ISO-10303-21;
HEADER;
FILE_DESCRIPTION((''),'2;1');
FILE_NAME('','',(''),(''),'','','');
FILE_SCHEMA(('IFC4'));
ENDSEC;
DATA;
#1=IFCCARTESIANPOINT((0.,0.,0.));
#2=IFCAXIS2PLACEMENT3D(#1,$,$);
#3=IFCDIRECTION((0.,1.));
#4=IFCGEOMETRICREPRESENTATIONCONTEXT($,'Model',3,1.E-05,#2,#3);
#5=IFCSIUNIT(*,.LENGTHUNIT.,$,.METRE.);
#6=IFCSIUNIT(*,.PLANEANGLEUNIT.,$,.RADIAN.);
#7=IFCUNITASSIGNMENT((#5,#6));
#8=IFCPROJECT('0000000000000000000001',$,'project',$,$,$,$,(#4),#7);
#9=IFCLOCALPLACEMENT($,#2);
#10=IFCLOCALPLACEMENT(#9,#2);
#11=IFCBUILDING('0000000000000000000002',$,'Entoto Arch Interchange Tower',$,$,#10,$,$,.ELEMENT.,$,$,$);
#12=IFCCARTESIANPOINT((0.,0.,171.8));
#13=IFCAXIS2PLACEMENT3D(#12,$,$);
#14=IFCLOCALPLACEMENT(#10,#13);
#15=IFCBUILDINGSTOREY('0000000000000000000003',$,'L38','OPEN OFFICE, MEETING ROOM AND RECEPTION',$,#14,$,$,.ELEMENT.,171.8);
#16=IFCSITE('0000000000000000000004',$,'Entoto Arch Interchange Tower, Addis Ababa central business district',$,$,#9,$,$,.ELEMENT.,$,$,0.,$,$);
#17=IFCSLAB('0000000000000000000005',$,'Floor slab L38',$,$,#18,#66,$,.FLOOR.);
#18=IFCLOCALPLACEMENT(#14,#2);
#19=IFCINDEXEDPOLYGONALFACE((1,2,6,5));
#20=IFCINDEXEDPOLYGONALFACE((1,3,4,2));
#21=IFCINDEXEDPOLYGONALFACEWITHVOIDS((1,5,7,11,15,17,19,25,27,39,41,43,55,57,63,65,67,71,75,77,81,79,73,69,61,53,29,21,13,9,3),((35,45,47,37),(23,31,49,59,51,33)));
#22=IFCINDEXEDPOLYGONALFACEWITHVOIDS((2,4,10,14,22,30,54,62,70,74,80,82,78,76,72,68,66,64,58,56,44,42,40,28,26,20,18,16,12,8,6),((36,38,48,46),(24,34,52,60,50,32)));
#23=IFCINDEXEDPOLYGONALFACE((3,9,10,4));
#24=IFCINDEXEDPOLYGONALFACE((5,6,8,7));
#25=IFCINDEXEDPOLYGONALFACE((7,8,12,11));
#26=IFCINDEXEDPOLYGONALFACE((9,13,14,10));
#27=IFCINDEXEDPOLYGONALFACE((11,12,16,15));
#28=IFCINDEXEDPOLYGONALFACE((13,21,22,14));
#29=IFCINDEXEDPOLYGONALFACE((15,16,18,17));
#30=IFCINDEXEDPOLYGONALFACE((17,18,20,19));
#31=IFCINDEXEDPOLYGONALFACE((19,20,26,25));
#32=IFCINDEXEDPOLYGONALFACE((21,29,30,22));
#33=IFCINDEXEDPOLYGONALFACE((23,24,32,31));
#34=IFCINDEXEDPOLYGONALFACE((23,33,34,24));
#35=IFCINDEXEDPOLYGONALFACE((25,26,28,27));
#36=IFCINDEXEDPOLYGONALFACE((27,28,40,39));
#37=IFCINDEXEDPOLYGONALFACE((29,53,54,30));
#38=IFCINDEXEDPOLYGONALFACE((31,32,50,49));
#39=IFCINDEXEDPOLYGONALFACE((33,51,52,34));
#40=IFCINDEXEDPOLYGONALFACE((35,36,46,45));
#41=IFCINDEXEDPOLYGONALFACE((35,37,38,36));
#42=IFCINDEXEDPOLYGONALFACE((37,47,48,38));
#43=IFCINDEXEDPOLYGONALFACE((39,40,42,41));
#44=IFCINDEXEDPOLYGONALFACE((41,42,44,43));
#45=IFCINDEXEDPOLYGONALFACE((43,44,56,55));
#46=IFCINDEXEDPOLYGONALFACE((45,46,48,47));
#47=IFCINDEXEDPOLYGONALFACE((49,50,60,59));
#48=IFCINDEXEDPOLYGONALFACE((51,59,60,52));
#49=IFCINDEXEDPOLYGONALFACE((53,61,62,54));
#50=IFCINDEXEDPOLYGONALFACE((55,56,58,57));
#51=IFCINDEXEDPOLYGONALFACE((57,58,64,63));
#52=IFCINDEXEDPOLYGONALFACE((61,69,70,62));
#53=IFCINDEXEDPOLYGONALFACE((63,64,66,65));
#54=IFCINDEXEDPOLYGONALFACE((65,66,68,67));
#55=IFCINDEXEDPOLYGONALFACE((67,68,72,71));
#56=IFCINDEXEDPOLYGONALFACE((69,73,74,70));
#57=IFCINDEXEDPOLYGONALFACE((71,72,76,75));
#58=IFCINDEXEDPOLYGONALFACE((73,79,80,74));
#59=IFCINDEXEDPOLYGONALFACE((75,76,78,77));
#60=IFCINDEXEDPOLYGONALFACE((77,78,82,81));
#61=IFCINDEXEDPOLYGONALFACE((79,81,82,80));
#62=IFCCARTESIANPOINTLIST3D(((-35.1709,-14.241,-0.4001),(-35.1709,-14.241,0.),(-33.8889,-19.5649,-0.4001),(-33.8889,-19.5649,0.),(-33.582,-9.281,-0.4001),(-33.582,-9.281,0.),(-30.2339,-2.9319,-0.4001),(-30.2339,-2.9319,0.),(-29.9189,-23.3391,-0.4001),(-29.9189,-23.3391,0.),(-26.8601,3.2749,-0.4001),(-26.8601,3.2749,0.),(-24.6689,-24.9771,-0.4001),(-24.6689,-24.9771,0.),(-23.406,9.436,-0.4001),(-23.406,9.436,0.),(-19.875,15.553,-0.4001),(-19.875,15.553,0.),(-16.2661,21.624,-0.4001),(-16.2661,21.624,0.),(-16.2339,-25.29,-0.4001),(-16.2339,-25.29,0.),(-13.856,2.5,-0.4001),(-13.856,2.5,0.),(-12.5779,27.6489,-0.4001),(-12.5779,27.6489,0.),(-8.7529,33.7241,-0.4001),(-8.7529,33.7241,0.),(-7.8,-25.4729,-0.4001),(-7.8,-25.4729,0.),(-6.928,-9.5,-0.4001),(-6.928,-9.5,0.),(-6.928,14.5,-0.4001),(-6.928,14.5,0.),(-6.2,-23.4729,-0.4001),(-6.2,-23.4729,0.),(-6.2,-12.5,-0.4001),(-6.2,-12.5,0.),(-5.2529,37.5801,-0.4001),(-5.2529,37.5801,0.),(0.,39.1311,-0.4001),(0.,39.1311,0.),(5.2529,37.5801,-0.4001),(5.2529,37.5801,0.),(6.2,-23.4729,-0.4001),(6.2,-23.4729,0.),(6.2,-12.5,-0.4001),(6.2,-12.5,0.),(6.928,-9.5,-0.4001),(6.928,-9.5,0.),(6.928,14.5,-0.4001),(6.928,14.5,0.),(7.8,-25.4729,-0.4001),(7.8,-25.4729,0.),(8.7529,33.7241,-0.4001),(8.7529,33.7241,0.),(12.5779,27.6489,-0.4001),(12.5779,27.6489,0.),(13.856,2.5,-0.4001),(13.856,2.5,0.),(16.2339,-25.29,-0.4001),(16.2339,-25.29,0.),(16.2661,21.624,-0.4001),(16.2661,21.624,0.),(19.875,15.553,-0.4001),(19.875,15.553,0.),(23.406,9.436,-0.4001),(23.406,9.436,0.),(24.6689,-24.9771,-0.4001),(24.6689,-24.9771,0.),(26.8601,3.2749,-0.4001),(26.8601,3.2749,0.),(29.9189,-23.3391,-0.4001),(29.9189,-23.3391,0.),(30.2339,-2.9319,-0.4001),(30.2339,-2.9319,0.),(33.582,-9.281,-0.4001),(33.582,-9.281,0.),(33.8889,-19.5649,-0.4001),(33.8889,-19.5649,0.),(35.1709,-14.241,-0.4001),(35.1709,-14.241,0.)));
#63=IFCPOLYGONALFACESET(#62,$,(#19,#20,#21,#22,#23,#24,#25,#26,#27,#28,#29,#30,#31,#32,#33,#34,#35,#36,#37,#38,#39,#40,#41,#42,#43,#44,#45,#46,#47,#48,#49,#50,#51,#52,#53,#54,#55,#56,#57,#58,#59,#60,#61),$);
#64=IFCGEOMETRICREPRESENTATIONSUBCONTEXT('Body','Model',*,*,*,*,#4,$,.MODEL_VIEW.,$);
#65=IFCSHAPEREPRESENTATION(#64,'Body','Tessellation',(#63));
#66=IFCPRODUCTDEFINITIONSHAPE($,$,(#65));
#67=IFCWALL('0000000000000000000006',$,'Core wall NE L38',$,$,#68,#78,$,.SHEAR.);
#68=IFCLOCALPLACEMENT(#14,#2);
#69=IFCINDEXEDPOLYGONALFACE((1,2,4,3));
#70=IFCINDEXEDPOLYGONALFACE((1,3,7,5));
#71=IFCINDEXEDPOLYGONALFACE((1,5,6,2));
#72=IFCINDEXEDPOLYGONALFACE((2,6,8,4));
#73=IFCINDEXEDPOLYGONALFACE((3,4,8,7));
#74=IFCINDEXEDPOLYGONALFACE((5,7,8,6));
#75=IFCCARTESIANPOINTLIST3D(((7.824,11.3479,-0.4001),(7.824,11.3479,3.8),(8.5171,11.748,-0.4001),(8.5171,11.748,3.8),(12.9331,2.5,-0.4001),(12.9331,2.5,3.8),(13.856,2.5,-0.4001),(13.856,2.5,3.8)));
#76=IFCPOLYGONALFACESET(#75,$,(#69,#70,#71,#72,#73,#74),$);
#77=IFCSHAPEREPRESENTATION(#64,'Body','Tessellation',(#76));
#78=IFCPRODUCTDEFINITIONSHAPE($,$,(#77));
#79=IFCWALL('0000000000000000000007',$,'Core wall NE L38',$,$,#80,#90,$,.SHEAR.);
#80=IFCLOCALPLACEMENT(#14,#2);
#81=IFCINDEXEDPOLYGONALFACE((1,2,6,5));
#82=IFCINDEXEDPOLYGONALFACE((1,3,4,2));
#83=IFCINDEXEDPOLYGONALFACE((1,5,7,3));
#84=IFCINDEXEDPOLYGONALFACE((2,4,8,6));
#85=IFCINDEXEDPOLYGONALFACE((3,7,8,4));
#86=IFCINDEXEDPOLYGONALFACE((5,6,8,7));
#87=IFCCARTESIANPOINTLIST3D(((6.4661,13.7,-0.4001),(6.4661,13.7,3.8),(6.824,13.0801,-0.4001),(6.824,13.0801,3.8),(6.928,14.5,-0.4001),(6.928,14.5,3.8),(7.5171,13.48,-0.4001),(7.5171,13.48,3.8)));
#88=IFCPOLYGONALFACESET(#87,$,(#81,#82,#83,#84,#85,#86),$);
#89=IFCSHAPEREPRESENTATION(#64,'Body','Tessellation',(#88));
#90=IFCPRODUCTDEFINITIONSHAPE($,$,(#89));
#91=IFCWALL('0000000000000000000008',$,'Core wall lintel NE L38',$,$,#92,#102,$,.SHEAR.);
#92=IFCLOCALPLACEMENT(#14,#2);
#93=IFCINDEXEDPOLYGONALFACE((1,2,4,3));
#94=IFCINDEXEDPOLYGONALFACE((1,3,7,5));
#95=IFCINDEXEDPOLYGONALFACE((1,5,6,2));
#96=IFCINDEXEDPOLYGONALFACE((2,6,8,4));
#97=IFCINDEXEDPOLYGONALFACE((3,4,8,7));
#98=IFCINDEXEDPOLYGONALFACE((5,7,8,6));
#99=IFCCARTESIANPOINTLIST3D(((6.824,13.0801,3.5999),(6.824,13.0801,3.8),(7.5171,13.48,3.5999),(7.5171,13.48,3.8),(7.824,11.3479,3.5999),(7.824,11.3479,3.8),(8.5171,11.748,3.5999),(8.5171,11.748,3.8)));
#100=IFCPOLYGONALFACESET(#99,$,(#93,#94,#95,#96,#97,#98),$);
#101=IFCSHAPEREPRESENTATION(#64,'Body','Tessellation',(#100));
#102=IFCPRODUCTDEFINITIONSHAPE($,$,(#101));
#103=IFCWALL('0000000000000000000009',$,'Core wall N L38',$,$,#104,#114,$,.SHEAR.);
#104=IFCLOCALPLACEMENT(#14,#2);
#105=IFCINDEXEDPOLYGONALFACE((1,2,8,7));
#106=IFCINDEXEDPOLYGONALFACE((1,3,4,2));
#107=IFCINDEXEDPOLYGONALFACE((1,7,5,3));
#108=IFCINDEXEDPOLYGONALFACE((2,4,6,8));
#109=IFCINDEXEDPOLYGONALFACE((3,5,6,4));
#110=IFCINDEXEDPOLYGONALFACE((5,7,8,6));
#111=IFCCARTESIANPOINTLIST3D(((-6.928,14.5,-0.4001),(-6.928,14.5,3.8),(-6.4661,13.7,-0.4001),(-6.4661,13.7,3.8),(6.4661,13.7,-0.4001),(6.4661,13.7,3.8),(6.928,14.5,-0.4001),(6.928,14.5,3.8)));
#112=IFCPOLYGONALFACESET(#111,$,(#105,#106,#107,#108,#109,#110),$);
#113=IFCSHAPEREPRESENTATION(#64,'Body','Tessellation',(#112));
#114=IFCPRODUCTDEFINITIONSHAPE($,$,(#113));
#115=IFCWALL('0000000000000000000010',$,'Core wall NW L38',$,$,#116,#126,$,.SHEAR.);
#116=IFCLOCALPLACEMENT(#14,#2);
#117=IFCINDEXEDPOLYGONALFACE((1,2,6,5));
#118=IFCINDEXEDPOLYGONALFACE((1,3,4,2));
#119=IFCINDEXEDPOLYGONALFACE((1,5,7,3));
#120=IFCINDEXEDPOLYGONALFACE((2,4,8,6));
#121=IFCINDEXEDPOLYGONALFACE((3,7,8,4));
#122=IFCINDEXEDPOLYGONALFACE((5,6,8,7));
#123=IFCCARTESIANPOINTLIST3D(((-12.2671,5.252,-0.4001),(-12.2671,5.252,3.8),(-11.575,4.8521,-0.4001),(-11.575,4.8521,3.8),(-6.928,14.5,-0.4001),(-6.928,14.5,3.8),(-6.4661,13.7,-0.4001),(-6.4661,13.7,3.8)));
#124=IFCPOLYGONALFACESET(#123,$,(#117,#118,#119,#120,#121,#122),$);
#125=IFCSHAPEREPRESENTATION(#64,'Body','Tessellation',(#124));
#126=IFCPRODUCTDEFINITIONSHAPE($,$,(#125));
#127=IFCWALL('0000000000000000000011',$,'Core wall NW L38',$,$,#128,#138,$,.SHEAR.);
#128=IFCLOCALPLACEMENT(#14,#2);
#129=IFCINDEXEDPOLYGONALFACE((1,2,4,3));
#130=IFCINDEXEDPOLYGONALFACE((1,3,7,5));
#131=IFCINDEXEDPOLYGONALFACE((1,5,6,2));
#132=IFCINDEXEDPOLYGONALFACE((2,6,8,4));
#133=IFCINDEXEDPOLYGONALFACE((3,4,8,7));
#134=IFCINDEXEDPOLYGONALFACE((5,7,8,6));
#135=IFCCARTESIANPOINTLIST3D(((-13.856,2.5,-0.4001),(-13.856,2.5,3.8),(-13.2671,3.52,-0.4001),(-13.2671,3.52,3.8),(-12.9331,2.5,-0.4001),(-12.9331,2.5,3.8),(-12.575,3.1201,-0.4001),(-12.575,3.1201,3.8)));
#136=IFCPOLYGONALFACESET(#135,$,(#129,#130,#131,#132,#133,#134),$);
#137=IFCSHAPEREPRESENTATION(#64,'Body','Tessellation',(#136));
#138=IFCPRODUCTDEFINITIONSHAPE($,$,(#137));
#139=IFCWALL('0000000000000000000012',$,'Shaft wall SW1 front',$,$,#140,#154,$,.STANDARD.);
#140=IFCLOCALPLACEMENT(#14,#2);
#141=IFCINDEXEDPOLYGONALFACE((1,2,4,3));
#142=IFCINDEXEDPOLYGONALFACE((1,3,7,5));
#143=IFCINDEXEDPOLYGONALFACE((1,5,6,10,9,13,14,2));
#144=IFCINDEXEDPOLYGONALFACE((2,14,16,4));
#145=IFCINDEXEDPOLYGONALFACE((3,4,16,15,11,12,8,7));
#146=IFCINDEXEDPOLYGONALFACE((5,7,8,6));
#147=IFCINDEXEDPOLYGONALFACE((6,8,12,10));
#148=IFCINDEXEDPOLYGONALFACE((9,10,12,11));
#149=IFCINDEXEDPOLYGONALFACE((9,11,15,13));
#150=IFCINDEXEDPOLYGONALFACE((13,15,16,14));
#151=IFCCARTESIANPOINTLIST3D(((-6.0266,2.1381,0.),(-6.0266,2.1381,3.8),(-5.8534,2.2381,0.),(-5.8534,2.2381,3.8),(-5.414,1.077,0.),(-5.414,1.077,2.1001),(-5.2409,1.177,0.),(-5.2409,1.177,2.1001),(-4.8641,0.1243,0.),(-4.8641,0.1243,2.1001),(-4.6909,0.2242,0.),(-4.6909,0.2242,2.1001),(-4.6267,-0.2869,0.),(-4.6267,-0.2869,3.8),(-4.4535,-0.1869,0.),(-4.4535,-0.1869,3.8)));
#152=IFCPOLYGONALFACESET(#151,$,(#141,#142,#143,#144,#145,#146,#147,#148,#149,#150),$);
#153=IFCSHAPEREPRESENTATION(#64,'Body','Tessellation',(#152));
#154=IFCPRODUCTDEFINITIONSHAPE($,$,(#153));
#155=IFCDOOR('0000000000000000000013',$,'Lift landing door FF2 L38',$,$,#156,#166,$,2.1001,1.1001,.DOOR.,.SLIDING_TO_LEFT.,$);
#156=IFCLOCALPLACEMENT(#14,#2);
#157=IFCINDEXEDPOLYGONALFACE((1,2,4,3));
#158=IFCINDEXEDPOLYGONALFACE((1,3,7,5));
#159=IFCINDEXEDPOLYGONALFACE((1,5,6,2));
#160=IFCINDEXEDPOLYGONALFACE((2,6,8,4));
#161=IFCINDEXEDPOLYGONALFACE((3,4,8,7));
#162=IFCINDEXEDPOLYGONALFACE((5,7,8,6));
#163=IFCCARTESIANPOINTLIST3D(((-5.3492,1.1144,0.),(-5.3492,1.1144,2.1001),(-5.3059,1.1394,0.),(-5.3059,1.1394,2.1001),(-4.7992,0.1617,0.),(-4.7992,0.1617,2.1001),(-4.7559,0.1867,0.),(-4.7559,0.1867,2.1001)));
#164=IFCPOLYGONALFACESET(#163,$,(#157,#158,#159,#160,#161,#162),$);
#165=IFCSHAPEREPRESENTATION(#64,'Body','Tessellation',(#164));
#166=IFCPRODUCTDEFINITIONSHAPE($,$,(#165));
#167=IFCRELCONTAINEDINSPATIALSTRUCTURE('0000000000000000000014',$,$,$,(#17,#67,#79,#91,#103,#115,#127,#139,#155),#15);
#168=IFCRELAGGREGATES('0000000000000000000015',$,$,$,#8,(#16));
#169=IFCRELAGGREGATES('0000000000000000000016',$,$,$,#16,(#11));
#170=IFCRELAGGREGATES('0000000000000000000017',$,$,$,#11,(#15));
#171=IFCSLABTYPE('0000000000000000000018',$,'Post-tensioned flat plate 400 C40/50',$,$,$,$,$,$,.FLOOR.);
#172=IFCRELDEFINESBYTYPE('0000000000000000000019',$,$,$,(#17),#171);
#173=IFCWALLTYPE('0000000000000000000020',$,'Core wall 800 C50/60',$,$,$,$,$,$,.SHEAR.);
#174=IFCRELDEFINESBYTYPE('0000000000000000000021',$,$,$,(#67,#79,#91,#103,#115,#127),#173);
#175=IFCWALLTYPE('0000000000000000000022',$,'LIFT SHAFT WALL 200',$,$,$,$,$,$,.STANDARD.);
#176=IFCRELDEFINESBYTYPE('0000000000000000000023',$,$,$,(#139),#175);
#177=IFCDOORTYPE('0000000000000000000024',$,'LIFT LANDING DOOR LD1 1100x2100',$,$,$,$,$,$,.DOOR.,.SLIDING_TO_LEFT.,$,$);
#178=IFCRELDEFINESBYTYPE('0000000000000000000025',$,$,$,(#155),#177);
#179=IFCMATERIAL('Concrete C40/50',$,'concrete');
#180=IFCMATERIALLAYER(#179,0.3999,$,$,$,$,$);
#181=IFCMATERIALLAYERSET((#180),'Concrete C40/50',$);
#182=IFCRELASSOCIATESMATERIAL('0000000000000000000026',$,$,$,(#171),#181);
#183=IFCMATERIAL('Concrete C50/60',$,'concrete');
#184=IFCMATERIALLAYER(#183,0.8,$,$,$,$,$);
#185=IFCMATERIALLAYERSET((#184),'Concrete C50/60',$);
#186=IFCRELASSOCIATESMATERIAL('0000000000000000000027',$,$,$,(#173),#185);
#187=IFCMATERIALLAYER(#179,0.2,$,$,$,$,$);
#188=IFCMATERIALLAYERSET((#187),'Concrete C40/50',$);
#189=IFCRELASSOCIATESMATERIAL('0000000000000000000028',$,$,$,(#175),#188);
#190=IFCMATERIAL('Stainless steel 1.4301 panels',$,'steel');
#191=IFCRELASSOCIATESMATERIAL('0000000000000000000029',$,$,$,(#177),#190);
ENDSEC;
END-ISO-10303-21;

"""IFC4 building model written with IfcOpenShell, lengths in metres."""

from ifc_helpers import new_model, si_unit, direction, frame, frame_2d, origin, place, context, subcontext, project, spatial, polyline, rectangle, outline, extrude, material, layer, layer_set, type_object, element, fill, save


model = new_model("IFC4")

# Units and contexts
model_context = context("Model", 3, precision=1e-05, world=origin(), true_north=direction((0.0, 1.0)))
body_context = subcontext(model_context, "Body", "Model", "MODEL_VIEW")
ifc_project = project(units=[si_unit("LENGTHUNIT", "METRE"), si_unit("PLANEANGLEUNIT", "RADIAN")], contexts=[model_context])

# Site, building, storey
site_placement = place(None, origin())
site = spatial("IfcSite", under=ifc_project, at=site_placement, Name="Entoto Arch Interchange Tower, Addis Ababa central business district", CompositionType="ELEMENT", RefElevation=0.0)
building_placement = place(site_placement, origin())
building = spatial("IfcBuilding", under=site, at=building_placement, Name="Entoto Arch Interchange Tower", CompositionType="ELEMENT")
storey_placement = place(building_placement, frame((0.0, 0.0, 171.8)))
storey = spatial("IfcBuildingStorey", under=building, at=storey_placement, Name="L38", Description="OPEN OFFICE, MEETING ROOM AND RECEPTION", CompositionType="ELEMENT", Elevation=171.8)

# Slab
ifc_material_1 = material(Name="Concrete C40/50", Category="concrete")
ifc_layer_1 = layer(ifc_material_1, 0.3999)
ifc_layer_set_1 = layer_set([ifc_layer_1], Name="Concrete C40/50")
slab_type = type_object("IfcSlabType", Name="Post-tensioned flat plate 400 C40/50", PredefinedType="FLOOR", material=ifc_layer_set_1)
slab_placement = place(storey_placement, frame((0.0, 0.0, -0.4001)))
element("IfcSlab", 1, at=slab_placement, inside=storey, type_object=slab_type, Name="Floor slab L38", PredefinedType="FLOOR", context=body_context, shape_type="SweptSolid", body=[
    extrude(outline(polyline([(-24.6689, -24.9771), (-16.2339, -25.29), (-7.8, -25.4729), (7.8, -25.4729), (16.2339, -25.29), (24.6689, -24.9771), (29.9189, -23.3391), (33.8889, -19.5649), (35.1709, -14.241), (33.582, -9.281), (30.2339, -2.9319), (26.8601, 3.2749), (23.406, 9.436), (19.875, 15.553), (16.2661, 21.624), (12.5779, 27.6489), (8.7529, 33.7241), (5.2529, 37.5801), (0.0, 39.1311), (-5.2529, 37.5801), (-8.7529, 33.7241), (-12.5779, 27.6489), (-16.2661, 21.624), (-19.875, 15.553), (-23.406, 9.436), (-26.8601, 3.2749), (-30.2339, -2.9319), (-33.582, -9.281), (-35.1709, -14.241), (-33.8889, -19.5649), (-29.9189, -23.3391), (-24.6689, -24.9771)]), holes=[polyline([(6.2, -23.4729), (6.2, -12.5), (-6.2, -12.5), (-6.2, -23.4729), (6.2, -23.4729)]), polyline([(13.856, 2.5), (6.928, 14.5), (-6.928, 14.5), (-13.856, 2.5), (-6.928, -9.5), (6.928, -9.5), (13.856, 2.5)])]), origin(), (0.0, 0.0, 1.0), 0.4001),
])

# Walls
ifc_material_2 = material(Name="Concrete C50/60", Category="concrete")
ifc_layer_2 = layer(ifc_material_2, 0.8)
ifc_layer_set_2 = layer_set([ifc_layer_2], Name="Concrete C50/60")
wall_type_1 = type_object("IfcWallType", Name="Core wall 800 C50/60", PredefinedType="SHEAR", material=ifc_layer_set_2)
wall_1_placement = place(storey_placement, frame((0.0, 0.0, -0.4001)))
element("IfcWall", 2, at=wall_1_placement, inside=storey, type_object=wall_type_1, Name="Core wall NE L38", PredefinedType="SHEAR", context=body_context, shape_type="SweptSolid", body=[
    extrude(outline(polyline([(8.5171, 11.748), (7.824, 11.3479), (12.9331, 2.5), (13.856, 2.5), (8.5171, 11.748)])), origin(), (0.0, 0.0, 1.0), 4.2002),
])
wall_2_placement = place(storey_placement, frame((0.0, 0.0, -0.4001)))
element("IfcWall", 3, at=wall_2_placement, inside=storey, type_object=wall_type_1, Name="Core wall NE L38", PredefinedType="SHEAR", context=body_context, shape_type="SweptSolid", body=[
    extrude(outline(polyline([(6.824, 13.0801), (7.5171, 13.48), (6.928, 14.5), (6.4661, 13.7), (6.824, 13.0801)])), origin(), (0.0, 0.0, 1.0), 4.2002),
])
wall_3_placement = place(storey_placement, frame((0.0, 0.0, 3.5999)))
element("IfcWall", 4, at=wall_3_placement, inside=storey, type_object=wall_type_1, Name="Core wall lintel NE L38", PredefinedType="SHEAR", context=body_context, shape_type="SweptSolid", body=[
    extrude(outline(polyline([(7.5171, 13.48), (6.824, 13.0801), (7.824, 11.3479), (8.5171, 11.748), (7.5171, 13.48)])), origin(), (0.0, 0.0, 1.0), 0.2002),
])
wall_4_placement = place(storey_placement, frame((0.0, 0.0, -0.4001)))
element("IfcWall", 5, at=wall_4_placement, inside=storey, type_object=wall_type_1, Name="Core wall N L38", PredefinedType="SHEAR", context=body_context, shape_type="SweptSolid", body=[
    extrude(outline(polyline([(6.928, 14.5), (-6.928, 14.5), (-6.4661, 13.7), (6.4661, 13.7), (6.928, 14.5)])), origin(), (0.0, 0.0, 1.0), 4.2002),
])
wall_5_placement = place(storey_placement, frame((0.0, 0.0, -0.4001)))
element("IfcWall", 6, at=wall_5_placement, inside=storey, type_object=wall_type_1, Name="Core wall NW L38", PredefinedType="SHEAR", context=body_context, shape_type="SweptSolid", body=[
    extrude(outline(polyline([(-12.2671, 5.252), (-11.575, 4.8521), (-6.4661, 13.7), (-6.928, 14.5), (-12.2671, 5.252)])), origin(), (0.0, 0.0, 1.0), 4.2002),
])
wall_6_placement = place(storey_placement, frame((0.0, 0.0, -0.4001)))
element("IfcWall", 7, at=wall_6_placement, inside=storey, type_object=wall_type_1, Name="Core wall NW L38", PredefinedType="SHEAR", context=body_context, shape_type="SweptSolid", body=[
    extrude(outline(polyline([(-12.575, 3.1201), (-13.2671, 3.52), (-13.856, 2.5), (-12.9331, 2.5), (-12.575, 3.1201)])), origin(), (0.0, 0.0, 1.0), 4.2002),
])

# Wall, opening, door
ifc_layer_3 = layer(ifc_material_1, 0.2)
ifc_layer_set_3 = layer_set([ifc_layer_3], Name="Concrete C40/50")
wall_type_2 = type_object("IfcWallType", Name="LIFT SHAFT WALL 200", PredefinedType="STANDARD", material=ifc_layer_set_3)
wall_7_placement = place(storey_placement, frame((-5.9399, 2.188, 0.0), z_axis=(0.0, 0.0, 1.0), x_axis=(0.499946, -0.866056, 0.0)))
wall_7 = element("IfcWall", 8, at=wall_7_placement, inside=storey, type_object=wall_type_2, Name="Shaft wall SW1 front", PredefinedType="STANDARD", context=body_context, shape_type="SweptSolid", body=[
    extrude(rectangle(XDim=2.8, YDim=0.2, at=frame_2d((1.3999, 0.0))), origin(), (0.0, 0.0, 1.0), 3.8),
])
opening_1_placement = place(wall_7_placement, frame((1.2251, 0.0, 0.0)))
opening_1 = element("IfcOpeningElement", 9, at=opening_1_placement, cuts=wall_7, PredefinedType="OPENING", context=body_context, shape_type="SweptSolid", body=[
    extrude(rectangle(XDim=1.1001, YDim=2.1001, at=frame_2d((0.55, 1.05))), frame((0.0, 0.1099, 0.0), z_axis=(0.0, -1.0, 0.0), x_axis=(1.0, 0.0, 0.0)), (0.0, 0.0, 1.0), 0.22),
])
ifc_material_3 = material(Name="Stainless steel 1.4301 panels", Category="steel")
door_type_1 = type_object("IfcDoorType", Name="LIFT LANDING DOOR LD1 1100x2100", OperationType="SLIDING_TO_LEFT", PredefinedType="DOOR", material=ifc_material_3)
door_1_placement = place(opening_1_placement, origin())
door_1 = element("IfcDoor", 10, at=door_1_placement, inside=storey, type_object=door_type_1, Name="Lift landing door FF2 L38", OperationType="SLIDING_TO_LEFT", OverallHeight=2.1001, OverallWidth=1.1001, PredefinedType="DOOR", context=body_context, shape_type="SweptSolid", body=[
    extrude(rectangle(XDim=1.1001, YDim=2.1001, at=frame_2d((0.55, 1.05))), frame((0.0, 0.0249, 0.0), z_axis=(0.0, -1.0, 0.0), x_axis=(1.0, 0.0, 0.0)), (0.0, 0.0, 1.0), 0.05),
])
fill(opening_1, door_1)

save(model, "model.ifc")
